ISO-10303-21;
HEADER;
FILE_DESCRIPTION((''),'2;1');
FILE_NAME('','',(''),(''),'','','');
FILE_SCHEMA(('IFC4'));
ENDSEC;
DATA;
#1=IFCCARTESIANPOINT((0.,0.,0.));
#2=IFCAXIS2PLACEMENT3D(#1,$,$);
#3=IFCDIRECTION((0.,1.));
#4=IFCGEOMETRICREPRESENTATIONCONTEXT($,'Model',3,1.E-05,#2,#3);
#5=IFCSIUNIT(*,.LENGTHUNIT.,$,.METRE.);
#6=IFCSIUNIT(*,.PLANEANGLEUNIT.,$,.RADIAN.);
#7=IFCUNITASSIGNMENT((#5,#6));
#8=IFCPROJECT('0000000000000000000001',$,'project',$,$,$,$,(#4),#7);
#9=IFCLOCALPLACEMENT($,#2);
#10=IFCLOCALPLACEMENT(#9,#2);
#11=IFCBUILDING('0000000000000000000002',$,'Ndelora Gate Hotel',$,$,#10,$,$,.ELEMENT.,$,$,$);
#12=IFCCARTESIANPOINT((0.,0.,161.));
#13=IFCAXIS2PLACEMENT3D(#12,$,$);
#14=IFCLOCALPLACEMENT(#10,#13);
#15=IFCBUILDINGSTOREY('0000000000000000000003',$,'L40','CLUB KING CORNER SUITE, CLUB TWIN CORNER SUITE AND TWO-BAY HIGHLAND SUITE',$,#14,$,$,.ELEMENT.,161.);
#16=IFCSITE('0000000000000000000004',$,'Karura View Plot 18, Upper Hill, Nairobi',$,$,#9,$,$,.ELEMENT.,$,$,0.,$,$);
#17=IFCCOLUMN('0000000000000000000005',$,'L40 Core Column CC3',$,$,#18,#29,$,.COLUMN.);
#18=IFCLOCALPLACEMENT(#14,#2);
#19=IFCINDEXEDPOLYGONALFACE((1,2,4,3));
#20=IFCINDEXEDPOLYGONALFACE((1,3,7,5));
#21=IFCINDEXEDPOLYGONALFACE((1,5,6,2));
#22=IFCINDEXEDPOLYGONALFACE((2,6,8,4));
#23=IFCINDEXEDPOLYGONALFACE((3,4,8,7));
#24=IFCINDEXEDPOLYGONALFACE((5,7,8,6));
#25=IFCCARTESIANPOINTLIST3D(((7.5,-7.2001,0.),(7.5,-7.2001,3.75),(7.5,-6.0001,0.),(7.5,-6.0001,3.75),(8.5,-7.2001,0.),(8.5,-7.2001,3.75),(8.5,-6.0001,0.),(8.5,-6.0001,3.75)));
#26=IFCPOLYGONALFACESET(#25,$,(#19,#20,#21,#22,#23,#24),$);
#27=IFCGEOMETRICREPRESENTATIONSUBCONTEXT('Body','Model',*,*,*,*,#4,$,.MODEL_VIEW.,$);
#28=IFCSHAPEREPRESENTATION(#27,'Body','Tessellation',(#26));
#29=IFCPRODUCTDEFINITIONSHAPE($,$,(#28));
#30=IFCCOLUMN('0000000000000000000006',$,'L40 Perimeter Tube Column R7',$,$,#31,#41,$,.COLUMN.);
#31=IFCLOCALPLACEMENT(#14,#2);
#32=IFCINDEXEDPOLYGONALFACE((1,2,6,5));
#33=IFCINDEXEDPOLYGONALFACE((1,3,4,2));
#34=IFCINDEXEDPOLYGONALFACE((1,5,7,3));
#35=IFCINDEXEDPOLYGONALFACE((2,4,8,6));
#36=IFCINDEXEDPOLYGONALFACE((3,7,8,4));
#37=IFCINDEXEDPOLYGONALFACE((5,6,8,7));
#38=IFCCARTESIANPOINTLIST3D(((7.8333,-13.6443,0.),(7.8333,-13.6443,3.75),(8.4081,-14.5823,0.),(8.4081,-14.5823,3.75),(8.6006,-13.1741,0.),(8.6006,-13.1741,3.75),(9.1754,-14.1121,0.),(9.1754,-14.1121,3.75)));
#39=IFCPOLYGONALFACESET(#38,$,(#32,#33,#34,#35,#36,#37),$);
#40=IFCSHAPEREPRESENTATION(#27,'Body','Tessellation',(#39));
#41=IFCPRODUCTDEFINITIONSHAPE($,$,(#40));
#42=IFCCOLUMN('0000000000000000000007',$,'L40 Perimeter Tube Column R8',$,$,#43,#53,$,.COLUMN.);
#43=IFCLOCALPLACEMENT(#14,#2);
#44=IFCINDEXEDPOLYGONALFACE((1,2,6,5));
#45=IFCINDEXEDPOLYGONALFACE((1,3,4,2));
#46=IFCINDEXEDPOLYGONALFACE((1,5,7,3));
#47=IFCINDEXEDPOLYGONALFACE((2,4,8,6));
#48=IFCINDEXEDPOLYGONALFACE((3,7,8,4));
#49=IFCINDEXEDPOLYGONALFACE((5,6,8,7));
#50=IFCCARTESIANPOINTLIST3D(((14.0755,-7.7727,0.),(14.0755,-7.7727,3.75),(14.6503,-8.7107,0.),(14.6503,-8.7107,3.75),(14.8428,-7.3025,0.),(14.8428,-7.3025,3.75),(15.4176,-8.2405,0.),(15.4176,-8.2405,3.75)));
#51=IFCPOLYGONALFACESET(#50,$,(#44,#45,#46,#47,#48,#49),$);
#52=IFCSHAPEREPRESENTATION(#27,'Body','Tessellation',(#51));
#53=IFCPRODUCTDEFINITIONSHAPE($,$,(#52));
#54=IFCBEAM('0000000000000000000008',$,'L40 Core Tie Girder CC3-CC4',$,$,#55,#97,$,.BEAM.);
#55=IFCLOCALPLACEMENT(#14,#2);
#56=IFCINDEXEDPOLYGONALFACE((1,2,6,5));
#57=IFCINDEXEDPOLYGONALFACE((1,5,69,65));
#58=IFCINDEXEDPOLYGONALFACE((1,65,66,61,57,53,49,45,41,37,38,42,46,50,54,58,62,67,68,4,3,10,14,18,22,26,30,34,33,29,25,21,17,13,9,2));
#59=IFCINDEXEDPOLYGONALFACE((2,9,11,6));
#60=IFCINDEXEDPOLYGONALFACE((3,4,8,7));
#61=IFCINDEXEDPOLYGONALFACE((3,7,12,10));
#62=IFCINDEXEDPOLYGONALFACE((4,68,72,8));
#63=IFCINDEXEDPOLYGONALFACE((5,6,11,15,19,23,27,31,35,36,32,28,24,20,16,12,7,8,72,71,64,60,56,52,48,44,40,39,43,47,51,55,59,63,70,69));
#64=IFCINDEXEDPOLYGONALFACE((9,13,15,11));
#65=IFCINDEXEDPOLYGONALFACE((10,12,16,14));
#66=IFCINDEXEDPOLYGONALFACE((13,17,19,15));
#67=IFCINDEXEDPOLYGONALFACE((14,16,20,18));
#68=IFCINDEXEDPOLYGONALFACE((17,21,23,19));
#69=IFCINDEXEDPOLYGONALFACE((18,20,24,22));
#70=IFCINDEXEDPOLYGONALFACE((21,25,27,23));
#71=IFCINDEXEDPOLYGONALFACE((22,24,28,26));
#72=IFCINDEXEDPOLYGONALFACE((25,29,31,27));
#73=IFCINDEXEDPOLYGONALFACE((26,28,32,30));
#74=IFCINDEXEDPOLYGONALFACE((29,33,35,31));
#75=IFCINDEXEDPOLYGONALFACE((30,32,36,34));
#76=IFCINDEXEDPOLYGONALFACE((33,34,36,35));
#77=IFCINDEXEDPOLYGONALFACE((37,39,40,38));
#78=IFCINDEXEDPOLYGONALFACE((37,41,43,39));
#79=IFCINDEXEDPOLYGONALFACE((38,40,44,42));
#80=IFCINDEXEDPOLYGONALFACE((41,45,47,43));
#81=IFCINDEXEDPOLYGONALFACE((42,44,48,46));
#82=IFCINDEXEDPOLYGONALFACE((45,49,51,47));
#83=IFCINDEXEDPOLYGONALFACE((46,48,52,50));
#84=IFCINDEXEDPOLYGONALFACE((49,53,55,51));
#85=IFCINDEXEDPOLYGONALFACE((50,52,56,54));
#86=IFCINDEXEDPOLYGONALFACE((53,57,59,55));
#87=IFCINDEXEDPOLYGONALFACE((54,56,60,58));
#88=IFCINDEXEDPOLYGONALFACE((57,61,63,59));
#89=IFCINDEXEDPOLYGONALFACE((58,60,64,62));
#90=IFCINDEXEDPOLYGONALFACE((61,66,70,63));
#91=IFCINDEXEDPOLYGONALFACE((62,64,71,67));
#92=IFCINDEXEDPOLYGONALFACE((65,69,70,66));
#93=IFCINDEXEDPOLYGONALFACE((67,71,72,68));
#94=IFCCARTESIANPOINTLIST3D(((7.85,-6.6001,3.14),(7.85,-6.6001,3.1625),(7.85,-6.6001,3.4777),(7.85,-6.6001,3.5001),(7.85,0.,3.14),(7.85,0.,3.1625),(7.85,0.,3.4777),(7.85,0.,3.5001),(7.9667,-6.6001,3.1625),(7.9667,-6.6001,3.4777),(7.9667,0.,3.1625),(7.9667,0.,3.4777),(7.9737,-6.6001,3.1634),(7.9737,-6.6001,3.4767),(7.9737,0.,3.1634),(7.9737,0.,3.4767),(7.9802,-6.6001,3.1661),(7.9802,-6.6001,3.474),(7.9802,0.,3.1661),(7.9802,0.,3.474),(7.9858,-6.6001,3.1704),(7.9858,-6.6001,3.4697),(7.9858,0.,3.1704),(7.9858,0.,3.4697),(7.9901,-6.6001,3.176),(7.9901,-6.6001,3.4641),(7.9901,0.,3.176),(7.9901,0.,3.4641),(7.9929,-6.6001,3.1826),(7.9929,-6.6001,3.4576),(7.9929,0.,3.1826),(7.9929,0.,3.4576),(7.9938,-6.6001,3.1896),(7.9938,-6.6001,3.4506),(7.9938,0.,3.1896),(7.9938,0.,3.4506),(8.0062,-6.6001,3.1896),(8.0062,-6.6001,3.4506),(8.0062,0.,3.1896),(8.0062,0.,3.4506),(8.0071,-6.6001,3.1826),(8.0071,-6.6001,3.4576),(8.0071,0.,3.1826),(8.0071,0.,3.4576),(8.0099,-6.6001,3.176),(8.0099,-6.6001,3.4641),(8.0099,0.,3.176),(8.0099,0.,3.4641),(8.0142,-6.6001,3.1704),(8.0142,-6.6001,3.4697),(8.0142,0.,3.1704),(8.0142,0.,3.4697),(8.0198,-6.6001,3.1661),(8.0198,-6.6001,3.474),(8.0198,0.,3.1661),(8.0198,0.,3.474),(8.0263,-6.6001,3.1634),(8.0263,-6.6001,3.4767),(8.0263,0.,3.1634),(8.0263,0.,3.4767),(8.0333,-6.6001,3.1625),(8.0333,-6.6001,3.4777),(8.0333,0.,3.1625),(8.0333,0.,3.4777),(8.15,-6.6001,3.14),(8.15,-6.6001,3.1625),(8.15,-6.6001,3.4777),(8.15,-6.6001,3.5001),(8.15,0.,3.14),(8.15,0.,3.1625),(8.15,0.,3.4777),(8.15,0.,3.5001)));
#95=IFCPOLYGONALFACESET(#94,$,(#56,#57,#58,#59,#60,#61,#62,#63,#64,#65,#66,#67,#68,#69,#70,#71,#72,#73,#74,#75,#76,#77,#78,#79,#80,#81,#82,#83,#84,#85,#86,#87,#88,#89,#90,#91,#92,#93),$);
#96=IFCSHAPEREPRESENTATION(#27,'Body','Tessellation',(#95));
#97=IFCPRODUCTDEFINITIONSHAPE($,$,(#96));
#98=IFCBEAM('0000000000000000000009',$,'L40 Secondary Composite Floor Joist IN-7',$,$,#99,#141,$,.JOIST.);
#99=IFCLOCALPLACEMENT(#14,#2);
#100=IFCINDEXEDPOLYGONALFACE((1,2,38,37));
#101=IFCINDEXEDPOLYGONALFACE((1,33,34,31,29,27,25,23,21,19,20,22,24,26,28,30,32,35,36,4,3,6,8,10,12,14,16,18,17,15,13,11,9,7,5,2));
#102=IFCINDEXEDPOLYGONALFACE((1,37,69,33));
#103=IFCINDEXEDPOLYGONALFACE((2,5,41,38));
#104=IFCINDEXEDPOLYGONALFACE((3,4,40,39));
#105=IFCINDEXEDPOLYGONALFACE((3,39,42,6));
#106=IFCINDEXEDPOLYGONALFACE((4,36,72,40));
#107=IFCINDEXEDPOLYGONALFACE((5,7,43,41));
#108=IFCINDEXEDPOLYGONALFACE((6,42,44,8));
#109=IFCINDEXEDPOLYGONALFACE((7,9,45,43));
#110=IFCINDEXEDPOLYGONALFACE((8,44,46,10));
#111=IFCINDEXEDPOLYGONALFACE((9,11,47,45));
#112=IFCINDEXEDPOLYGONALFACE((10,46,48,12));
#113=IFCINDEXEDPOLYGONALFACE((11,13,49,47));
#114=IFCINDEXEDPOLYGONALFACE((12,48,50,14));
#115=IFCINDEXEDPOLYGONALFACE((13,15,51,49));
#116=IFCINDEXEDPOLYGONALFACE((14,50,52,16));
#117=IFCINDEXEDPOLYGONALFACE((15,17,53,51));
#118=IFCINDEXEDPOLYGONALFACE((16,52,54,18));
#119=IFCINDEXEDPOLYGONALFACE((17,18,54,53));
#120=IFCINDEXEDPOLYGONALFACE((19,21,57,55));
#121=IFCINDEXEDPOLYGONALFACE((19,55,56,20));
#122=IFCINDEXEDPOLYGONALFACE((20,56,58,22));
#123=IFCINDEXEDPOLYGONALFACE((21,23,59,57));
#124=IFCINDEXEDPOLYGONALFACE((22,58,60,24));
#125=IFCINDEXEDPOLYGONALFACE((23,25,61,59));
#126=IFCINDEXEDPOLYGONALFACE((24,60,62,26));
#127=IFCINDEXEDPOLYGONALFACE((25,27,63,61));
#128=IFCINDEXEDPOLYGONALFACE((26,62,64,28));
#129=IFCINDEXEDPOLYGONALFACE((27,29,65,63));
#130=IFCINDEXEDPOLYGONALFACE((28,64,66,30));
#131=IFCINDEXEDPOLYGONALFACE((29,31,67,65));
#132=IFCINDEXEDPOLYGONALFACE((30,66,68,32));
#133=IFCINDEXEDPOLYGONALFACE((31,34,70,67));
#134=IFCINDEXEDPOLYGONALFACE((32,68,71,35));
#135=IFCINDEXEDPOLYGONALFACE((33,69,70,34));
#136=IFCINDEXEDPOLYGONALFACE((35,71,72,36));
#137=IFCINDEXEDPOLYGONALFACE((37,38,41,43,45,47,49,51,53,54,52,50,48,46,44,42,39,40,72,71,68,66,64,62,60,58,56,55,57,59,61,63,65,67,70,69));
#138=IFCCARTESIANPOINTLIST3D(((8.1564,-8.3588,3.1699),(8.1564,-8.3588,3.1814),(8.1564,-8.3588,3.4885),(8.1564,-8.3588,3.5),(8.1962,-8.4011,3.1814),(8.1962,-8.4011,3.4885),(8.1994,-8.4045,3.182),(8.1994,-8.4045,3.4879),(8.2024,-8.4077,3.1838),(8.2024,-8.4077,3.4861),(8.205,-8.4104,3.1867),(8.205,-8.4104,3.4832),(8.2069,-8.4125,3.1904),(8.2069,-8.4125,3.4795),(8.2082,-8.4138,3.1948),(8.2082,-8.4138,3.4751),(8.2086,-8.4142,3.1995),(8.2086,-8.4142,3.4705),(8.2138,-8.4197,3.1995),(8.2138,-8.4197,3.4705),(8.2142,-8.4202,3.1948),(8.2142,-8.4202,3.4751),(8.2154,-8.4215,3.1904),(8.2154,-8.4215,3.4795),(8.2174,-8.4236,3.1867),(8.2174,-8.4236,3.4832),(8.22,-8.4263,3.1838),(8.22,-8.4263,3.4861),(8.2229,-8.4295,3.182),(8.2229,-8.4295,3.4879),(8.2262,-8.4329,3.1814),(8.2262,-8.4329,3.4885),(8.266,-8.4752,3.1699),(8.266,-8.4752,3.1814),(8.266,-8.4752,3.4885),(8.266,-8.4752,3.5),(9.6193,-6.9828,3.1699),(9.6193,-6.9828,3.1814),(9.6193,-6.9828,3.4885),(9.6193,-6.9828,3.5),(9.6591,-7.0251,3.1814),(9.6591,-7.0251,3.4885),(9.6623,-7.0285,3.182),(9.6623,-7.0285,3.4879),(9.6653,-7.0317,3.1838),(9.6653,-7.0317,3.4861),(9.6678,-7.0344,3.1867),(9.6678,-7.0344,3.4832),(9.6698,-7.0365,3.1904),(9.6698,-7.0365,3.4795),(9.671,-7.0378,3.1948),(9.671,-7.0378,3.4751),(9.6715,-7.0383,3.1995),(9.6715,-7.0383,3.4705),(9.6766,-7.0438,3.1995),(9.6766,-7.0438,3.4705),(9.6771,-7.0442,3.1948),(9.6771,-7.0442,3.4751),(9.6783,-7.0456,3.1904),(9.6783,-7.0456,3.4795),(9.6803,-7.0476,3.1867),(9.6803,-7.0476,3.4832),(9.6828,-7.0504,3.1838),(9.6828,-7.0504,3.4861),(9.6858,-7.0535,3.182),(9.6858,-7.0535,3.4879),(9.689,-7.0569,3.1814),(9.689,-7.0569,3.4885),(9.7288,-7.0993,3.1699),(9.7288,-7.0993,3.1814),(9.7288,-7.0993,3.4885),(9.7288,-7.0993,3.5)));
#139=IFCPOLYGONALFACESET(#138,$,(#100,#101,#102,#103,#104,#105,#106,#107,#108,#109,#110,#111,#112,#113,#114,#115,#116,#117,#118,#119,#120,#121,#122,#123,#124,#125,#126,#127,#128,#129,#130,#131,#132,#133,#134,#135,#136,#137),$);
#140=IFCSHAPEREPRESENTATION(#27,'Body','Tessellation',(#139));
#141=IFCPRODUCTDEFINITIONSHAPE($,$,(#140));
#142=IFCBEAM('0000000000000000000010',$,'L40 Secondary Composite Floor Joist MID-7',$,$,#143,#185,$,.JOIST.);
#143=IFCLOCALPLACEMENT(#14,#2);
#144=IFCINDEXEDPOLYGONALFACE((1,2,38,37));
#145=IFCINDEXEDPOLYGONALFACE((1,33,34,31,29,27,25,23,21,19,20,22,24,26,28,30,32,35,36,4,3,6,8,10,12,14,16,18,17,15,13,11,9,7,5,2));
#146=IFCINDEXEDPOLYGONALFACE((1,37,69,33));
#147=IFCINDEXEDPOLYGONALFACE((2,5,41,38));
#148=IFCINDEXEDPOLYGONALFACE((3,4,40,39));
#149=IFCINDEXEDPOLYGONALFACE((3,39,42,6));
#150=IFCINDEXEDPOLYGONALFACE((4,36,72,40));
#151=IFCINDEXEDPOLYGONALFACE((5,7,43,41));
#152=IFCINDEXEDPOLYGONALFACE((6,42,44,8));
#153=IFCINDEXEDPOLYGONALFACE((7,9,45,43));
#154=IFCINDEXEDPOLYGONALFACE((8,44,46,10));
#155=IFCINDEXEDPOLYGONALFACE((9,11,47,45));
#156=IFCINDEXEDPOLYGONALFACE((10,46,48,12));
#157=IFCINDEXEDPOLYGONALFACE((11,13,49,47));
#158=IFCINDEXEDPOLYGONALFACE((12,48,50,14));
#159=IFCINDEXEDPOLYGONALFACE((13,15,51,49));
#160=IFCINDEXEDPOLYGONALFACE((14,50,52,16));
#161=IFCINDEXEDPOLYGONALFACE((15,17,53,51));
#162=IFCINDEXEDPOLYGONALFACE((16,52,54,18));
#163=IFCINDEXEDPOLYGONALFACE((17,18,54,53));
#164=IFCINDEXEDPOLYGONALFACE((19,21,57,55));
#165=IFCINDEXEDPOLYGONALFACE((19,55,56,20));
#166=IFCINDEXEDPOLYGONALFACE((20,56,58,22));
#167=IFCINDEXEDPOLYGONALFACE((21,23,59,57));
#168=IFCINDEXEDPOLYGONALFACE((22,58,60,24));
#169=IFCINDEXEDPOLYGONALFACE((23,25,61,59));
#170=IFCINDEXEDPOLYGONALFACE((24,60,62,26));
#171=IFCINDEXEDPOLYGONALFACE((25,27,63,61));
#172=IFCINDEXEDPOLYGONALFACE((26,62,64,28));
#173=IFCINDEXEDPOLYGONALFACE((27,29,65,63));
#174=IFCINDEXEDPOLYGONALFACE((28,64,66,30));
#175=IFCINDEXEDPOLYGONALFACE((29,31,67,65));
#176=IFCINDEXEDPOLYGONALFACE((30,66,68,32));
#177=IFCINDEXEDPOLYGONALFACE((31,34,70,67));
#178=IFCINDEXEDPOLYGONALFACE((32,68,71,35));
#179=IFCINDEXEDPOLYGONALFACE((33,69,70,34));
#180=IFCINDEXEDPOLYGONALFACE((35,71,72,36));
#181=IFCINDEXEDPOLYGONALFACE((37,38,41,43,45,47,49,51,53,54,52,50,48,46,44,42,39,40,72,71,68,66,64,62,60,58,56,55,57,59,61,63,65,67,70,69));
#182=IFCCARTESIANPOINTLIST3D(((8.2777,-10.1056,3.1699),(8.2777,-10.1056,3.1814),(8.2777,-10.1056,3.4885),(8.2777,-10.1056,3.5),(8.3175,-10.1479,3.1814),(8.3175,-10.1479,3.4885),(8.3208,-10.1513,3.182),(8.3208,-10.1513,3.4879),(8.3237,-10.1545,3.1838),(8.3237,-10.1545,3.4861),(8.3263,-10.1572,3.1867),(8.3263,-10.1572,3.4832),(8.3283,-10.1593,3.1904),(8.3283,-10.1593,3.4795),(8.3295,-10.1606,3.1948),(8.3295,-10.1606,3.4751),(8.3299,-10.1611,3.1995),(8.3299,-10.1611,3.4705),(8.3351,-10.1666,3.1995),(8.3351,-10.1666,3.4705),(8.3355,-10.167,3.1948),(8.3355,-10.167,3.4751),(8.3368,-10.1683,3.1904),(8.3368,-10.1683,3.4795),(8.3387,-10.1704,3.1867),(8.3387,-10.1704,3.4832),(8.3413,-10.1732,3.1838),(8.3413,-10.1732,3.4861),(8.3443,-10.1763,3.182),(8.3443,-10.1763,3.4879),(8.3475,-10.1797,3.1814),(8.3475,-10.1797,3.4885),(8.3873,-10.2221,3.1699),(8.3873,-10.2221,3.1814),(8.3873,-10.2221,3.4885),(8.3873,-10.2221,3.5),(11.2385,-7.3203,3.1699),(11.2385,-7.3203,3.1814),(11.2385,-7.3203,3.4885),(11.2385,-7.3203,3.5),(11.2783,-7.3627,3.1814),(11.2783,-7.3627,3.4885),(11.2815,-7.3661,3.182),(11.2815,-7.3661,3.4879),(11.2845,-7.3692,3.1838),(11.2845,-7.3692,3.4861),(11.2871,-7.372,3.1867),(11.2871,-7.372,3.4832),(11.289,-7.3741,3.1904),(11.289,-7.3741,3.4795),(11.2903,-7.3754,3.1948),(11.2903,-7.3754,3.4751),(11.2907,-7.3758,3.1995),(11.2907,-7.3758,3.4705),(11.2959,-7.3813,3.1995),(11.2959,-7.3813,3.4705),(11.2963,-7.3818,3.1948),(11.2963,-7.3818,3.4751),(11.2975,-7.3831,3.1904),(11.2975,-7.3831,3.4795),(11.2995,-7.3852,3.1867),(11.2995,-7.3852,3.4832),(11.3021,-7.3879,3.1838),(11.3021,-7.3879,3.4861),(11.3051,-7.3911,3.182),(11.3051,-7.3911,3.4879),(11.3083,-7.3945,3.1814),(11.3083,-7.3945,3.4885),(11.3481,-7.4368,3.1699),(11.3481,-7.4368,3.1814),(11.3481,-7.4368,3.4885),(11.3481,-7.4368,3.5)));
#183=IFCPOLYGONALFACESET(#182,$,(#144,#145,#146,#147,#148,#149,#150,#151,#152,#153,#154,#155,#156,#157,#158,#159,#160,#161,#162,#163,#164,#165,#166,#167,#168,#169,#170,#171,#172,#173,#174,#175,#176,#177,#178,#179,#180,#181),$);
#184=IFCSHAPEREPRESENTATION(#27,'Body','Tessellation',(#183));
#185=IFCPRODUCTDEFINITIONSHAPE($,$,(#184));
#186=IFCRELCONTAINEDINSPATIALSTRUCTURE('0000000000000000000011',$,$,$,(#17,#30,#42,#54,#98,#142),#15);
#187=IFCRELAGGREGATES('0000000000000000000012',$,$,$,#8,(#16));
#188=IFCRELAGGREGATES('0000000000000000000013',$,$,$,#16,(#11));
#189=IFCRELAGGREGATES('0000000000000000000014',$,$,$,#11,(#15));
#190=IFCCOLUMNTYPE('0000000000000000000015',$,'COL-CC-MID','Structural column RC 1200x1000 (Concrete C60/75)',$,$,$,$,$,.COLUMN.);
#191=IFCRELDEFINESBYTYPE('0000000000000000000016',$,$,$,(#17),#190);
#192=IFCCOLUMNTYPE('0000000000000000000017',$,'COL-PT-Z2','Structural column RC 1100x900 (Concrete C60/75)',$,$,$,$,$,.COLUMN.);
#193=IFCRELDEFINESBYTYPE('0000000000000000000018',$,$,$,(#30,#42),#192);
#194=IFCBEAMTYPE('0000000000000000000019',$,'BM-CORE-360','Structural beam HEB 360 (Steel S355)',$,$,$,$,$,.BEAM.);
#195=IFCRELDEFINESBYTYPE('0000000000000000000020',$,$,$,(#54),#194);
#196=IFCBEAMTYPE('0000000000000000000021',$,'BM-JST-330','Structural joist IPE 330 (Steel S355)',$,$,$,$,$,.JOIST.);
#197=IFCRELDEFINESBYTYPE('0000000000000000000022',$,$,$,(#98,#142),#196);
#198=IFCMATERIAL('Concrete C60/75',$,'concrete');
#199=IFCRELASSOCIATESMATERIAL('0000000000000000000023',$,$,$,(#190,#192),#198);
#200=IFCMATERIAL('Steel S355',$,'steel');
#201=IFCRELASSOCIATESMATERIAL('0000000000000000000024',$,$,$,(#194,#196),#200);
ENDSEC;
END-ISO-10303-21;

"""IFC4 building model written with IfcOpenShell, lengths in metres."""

from ifc_helpers import new_model, si_unit, direction, frame, origin, origin_2d, place, context, subcontext, project, spatial, rectangle, i_section, extrude, material, material_profile, profile_set, type_object, element, save


model = new_model("IFC4")

# Units and contexts
model_context = context("Model", 3, precision=1e-05, world=origin(), true_north=direction((0.0, 1.0)))
body_context = subcontext(model_context, "Body", "Model", "MODEL_VIEW")
ifc_project = project(units=[si_unit("LENGTHUNIT", "METRE"), si_unit("PLANEANGLEUNIT", "RADIAN")], contexts=[model_context])

# Site, building, storey
site_placement = place(None, origin())
site = spatial("IfcSite", under=ifc_project, at=site_placement, Name="Karura View Plot 18, Upper Hill, Nairobi", CompositionType="ELEMENT", RefElevation=0.0)
building_placement = place(site_placement, origin())
building = spatial("IfcBuilding", under=site, at=building_placement, Name="Ndelora Gate Hotel", CompositionType="ELEMENT")
storey_placement = place(building_placement, frame((0.0, 0.0, 161.0)))
storey = spatial("IfcBuildingStorey", under=building, at=storey_placement, Name="L40", Description="CLUB KING CORNER SUITE, CLUB TWIN CORNER SUITE AND TWO-BAY HIGHLAND SUITE", CompositionType="ELEMENT", Elevation=161.0)

# Columns
ifc_material_1 = material(Name="Concrete C60/75", Category="concrete")
ifc_material_profile_1 = material_profile(ifc_material_1, rectangle(XDim=1.0, YDim=1.2, at=origin_2d()), Name="RC 1200x1000")
ifc_profile_set_1 = profile_set([ifc_material_profile_1], Name="Concrete C60/75")
column_type_1 = type_object("IfcColumnType", Name="COL-CC-MID", Description="Structural column RC 1200x1000 (Concrete C60/75)", PredefinedType="COLUMN", material=ifc_profile_set_1)
column_placement = place(storey_placement, frame((8.0, -6.6001, 0.0), z_axis=(0.0, 0.0, 1.0), x_axis=(1.0, 0.0, 0.0)))
element("IfcColumn", 1, at=column_placement, inside=storey, type_object=column_type_1, Name="L40 Core Column CC3", PredefinedType="COLUMN", context=body_context, shape_type="SweptSolid", body=[
    extrude(rectangle(XDim=1.0, YDim=1.2, at=origin_2d()), origin(), (0.0, 0.0, 1.0), 3.75),
])
ifc_material_profile_2 = material_profile(ifc_material_1, rectangle(XDim=0.8999, YDim=1.1001, at=origin_2d()), Name="RC 1100x900")
ifc_profile_set_2 = profile_set([ifc_material_profile_2], Name="Concrete C60/75")
column_type_2 = type_object("IfcColumnType", Name="COL-PT-Z2", Description="Structural column RC 1100x900 (Concrete C60/75)", PredefinedType="COLUMN", material=ifc_profile_set_2)
for number, where, z_axis, x_axis, name in (
    (2, (8.5044, -13.8782, 0.0), (0.0, 0.0, 1.0), (0.85264, 0.522499, 0.0), "L40 Perimeter Tube Column R7"),
    (3, (14.7466, -8.0066, 0.0), (0.0, 0.0, 1.0), (0.85264, 0.522499, 0.0), "L40 Perimeter Tube Column R8"),
):
    element("IfcColumn", number, at=place(storey_placement, frame(where, z_axis=z_axis, x_axis=x_axis)), inside=storey, type_object=column_type_2, Name=name, PredefinedType="COLUMN", context=body_context, shape_type="SweptSolid", body=[
        extrude(rectangle(XDim=0.8999, YDim=1.1001, at=origin_2d()), origin(), (0.0, 0.0, 1.0), 3.75),
    ])

# Beams
ifc_material_2 = material(Name="Steel S355", Category="steel")
ifc_material_profile_3 = material_profile(ifc_material_2, i_section(OverallWidth=0.3, OverallDepth=0.3601, WebThickness=0.0125, FlangeThickness=0.0225, FilletRadius=0.0271, at=origin_2d()), Name="HEB 360")
ifc_profile_set_3 = profile_set([ifc_material_profile_3], Name="Steel S355")
beam_type_1 = type_object("IfcBeamType", Name="BM-CORE-360", Description="Structural beam HEB 360 (Steel S355)", PredefinedType="BEAM", material=ifc_profile_set_3)
beam_1_placement = place(storey_placement, frame((8.0, -6.6001, 3.3201), z_axis=(0.0, 1.0, 0.0), x_axis=(-1.0, 0.0, 0.0)))
element("IfcBeam", 4, at=beam_1_placement, inside=storey, type_object=beam_type_1, Name="L40 Core Tie Girder CC3-CC4", PredefinedType="BEAM", context=body_context, shape_type="SweptSolid", body=[
    extrude(i_section(OverallWidth=0.3, OverallDepth=0.3601, WebThickness=0.0125, FlangeThickness=0.0225, FilletRadius=0.0271, at=origin_2d()), origin(), (0.0, 0.0, 1.0), 6.6001),
])
ifc_material_profile_4 = material_profile(ifc_material_2, i_section(OverallWidth=0.1599, OverallDepth=0.3301, WebThickness=0.0076, FlangeThickness=0.0115, FilletRadius=0.0181, at=origin_2d()), Name="IPE 330")
ifc_profile_set_4 = profile_set([ifc_material_profile_4], Name="Steel S355")
beam_type_2 = type_object("IfcBeamType", Name="BM-JST-330", Description="Structural joist IPE 330 (Steel S355)", PredefinedType="JOIST", material=ifc_profile_set_4)
beam_2_placement = place(storey_placement, frame((8.2112, -8.417, 3.335), z_axis=(0.728414, 0.685137, 0.0), x_axis=(-0.685137, 0.728414, 0.0)))
element("IfcBeam", 5, at=beam_2_placement, inside=storey, type_object=beam_type_2, Name="L40 Secondary Composite Floor Joist IN-7", PredefinedType="JOIST", context=body_context, shape_type="SweptSolid", body=[
    extrude(i_section(OverallWidth=0.1599, OverallDepth=0.3301, WebThickness=0.0076, FlangeThickness=0.0115, FilletRadius=0.0181, at=origin_2d()), origin(), (0.0, 0.0, 1.0), 2.0083),
])
beam_3_placement = place(storey_placement, frame((8.3325, -10.1638, 3.335), z_axis=(0.728369, 0.685185, 0.0), x_axis=(-0.685185, 0.728369, 0.0)))
element("IfcBeam", 6, at=beam_3_placement, inside=storey, type_object=beam_type_2, Name="L40 Secondary Composite Floor Joist MID-7", PredefinedType="JOIST", context=body_context, shape_type="SweptSolid", body=[
    extrude(i_section(OverallWidth=0.1599, OverallDepth=0.3301, WebThickness=0.0076, FlangeThickness=0.0115, FilletRadius=0.0181, at=origin_2d()), origin(), (0.0, 0.0, 1.0), 4.0649),
])

save(model, "model.ifc")
